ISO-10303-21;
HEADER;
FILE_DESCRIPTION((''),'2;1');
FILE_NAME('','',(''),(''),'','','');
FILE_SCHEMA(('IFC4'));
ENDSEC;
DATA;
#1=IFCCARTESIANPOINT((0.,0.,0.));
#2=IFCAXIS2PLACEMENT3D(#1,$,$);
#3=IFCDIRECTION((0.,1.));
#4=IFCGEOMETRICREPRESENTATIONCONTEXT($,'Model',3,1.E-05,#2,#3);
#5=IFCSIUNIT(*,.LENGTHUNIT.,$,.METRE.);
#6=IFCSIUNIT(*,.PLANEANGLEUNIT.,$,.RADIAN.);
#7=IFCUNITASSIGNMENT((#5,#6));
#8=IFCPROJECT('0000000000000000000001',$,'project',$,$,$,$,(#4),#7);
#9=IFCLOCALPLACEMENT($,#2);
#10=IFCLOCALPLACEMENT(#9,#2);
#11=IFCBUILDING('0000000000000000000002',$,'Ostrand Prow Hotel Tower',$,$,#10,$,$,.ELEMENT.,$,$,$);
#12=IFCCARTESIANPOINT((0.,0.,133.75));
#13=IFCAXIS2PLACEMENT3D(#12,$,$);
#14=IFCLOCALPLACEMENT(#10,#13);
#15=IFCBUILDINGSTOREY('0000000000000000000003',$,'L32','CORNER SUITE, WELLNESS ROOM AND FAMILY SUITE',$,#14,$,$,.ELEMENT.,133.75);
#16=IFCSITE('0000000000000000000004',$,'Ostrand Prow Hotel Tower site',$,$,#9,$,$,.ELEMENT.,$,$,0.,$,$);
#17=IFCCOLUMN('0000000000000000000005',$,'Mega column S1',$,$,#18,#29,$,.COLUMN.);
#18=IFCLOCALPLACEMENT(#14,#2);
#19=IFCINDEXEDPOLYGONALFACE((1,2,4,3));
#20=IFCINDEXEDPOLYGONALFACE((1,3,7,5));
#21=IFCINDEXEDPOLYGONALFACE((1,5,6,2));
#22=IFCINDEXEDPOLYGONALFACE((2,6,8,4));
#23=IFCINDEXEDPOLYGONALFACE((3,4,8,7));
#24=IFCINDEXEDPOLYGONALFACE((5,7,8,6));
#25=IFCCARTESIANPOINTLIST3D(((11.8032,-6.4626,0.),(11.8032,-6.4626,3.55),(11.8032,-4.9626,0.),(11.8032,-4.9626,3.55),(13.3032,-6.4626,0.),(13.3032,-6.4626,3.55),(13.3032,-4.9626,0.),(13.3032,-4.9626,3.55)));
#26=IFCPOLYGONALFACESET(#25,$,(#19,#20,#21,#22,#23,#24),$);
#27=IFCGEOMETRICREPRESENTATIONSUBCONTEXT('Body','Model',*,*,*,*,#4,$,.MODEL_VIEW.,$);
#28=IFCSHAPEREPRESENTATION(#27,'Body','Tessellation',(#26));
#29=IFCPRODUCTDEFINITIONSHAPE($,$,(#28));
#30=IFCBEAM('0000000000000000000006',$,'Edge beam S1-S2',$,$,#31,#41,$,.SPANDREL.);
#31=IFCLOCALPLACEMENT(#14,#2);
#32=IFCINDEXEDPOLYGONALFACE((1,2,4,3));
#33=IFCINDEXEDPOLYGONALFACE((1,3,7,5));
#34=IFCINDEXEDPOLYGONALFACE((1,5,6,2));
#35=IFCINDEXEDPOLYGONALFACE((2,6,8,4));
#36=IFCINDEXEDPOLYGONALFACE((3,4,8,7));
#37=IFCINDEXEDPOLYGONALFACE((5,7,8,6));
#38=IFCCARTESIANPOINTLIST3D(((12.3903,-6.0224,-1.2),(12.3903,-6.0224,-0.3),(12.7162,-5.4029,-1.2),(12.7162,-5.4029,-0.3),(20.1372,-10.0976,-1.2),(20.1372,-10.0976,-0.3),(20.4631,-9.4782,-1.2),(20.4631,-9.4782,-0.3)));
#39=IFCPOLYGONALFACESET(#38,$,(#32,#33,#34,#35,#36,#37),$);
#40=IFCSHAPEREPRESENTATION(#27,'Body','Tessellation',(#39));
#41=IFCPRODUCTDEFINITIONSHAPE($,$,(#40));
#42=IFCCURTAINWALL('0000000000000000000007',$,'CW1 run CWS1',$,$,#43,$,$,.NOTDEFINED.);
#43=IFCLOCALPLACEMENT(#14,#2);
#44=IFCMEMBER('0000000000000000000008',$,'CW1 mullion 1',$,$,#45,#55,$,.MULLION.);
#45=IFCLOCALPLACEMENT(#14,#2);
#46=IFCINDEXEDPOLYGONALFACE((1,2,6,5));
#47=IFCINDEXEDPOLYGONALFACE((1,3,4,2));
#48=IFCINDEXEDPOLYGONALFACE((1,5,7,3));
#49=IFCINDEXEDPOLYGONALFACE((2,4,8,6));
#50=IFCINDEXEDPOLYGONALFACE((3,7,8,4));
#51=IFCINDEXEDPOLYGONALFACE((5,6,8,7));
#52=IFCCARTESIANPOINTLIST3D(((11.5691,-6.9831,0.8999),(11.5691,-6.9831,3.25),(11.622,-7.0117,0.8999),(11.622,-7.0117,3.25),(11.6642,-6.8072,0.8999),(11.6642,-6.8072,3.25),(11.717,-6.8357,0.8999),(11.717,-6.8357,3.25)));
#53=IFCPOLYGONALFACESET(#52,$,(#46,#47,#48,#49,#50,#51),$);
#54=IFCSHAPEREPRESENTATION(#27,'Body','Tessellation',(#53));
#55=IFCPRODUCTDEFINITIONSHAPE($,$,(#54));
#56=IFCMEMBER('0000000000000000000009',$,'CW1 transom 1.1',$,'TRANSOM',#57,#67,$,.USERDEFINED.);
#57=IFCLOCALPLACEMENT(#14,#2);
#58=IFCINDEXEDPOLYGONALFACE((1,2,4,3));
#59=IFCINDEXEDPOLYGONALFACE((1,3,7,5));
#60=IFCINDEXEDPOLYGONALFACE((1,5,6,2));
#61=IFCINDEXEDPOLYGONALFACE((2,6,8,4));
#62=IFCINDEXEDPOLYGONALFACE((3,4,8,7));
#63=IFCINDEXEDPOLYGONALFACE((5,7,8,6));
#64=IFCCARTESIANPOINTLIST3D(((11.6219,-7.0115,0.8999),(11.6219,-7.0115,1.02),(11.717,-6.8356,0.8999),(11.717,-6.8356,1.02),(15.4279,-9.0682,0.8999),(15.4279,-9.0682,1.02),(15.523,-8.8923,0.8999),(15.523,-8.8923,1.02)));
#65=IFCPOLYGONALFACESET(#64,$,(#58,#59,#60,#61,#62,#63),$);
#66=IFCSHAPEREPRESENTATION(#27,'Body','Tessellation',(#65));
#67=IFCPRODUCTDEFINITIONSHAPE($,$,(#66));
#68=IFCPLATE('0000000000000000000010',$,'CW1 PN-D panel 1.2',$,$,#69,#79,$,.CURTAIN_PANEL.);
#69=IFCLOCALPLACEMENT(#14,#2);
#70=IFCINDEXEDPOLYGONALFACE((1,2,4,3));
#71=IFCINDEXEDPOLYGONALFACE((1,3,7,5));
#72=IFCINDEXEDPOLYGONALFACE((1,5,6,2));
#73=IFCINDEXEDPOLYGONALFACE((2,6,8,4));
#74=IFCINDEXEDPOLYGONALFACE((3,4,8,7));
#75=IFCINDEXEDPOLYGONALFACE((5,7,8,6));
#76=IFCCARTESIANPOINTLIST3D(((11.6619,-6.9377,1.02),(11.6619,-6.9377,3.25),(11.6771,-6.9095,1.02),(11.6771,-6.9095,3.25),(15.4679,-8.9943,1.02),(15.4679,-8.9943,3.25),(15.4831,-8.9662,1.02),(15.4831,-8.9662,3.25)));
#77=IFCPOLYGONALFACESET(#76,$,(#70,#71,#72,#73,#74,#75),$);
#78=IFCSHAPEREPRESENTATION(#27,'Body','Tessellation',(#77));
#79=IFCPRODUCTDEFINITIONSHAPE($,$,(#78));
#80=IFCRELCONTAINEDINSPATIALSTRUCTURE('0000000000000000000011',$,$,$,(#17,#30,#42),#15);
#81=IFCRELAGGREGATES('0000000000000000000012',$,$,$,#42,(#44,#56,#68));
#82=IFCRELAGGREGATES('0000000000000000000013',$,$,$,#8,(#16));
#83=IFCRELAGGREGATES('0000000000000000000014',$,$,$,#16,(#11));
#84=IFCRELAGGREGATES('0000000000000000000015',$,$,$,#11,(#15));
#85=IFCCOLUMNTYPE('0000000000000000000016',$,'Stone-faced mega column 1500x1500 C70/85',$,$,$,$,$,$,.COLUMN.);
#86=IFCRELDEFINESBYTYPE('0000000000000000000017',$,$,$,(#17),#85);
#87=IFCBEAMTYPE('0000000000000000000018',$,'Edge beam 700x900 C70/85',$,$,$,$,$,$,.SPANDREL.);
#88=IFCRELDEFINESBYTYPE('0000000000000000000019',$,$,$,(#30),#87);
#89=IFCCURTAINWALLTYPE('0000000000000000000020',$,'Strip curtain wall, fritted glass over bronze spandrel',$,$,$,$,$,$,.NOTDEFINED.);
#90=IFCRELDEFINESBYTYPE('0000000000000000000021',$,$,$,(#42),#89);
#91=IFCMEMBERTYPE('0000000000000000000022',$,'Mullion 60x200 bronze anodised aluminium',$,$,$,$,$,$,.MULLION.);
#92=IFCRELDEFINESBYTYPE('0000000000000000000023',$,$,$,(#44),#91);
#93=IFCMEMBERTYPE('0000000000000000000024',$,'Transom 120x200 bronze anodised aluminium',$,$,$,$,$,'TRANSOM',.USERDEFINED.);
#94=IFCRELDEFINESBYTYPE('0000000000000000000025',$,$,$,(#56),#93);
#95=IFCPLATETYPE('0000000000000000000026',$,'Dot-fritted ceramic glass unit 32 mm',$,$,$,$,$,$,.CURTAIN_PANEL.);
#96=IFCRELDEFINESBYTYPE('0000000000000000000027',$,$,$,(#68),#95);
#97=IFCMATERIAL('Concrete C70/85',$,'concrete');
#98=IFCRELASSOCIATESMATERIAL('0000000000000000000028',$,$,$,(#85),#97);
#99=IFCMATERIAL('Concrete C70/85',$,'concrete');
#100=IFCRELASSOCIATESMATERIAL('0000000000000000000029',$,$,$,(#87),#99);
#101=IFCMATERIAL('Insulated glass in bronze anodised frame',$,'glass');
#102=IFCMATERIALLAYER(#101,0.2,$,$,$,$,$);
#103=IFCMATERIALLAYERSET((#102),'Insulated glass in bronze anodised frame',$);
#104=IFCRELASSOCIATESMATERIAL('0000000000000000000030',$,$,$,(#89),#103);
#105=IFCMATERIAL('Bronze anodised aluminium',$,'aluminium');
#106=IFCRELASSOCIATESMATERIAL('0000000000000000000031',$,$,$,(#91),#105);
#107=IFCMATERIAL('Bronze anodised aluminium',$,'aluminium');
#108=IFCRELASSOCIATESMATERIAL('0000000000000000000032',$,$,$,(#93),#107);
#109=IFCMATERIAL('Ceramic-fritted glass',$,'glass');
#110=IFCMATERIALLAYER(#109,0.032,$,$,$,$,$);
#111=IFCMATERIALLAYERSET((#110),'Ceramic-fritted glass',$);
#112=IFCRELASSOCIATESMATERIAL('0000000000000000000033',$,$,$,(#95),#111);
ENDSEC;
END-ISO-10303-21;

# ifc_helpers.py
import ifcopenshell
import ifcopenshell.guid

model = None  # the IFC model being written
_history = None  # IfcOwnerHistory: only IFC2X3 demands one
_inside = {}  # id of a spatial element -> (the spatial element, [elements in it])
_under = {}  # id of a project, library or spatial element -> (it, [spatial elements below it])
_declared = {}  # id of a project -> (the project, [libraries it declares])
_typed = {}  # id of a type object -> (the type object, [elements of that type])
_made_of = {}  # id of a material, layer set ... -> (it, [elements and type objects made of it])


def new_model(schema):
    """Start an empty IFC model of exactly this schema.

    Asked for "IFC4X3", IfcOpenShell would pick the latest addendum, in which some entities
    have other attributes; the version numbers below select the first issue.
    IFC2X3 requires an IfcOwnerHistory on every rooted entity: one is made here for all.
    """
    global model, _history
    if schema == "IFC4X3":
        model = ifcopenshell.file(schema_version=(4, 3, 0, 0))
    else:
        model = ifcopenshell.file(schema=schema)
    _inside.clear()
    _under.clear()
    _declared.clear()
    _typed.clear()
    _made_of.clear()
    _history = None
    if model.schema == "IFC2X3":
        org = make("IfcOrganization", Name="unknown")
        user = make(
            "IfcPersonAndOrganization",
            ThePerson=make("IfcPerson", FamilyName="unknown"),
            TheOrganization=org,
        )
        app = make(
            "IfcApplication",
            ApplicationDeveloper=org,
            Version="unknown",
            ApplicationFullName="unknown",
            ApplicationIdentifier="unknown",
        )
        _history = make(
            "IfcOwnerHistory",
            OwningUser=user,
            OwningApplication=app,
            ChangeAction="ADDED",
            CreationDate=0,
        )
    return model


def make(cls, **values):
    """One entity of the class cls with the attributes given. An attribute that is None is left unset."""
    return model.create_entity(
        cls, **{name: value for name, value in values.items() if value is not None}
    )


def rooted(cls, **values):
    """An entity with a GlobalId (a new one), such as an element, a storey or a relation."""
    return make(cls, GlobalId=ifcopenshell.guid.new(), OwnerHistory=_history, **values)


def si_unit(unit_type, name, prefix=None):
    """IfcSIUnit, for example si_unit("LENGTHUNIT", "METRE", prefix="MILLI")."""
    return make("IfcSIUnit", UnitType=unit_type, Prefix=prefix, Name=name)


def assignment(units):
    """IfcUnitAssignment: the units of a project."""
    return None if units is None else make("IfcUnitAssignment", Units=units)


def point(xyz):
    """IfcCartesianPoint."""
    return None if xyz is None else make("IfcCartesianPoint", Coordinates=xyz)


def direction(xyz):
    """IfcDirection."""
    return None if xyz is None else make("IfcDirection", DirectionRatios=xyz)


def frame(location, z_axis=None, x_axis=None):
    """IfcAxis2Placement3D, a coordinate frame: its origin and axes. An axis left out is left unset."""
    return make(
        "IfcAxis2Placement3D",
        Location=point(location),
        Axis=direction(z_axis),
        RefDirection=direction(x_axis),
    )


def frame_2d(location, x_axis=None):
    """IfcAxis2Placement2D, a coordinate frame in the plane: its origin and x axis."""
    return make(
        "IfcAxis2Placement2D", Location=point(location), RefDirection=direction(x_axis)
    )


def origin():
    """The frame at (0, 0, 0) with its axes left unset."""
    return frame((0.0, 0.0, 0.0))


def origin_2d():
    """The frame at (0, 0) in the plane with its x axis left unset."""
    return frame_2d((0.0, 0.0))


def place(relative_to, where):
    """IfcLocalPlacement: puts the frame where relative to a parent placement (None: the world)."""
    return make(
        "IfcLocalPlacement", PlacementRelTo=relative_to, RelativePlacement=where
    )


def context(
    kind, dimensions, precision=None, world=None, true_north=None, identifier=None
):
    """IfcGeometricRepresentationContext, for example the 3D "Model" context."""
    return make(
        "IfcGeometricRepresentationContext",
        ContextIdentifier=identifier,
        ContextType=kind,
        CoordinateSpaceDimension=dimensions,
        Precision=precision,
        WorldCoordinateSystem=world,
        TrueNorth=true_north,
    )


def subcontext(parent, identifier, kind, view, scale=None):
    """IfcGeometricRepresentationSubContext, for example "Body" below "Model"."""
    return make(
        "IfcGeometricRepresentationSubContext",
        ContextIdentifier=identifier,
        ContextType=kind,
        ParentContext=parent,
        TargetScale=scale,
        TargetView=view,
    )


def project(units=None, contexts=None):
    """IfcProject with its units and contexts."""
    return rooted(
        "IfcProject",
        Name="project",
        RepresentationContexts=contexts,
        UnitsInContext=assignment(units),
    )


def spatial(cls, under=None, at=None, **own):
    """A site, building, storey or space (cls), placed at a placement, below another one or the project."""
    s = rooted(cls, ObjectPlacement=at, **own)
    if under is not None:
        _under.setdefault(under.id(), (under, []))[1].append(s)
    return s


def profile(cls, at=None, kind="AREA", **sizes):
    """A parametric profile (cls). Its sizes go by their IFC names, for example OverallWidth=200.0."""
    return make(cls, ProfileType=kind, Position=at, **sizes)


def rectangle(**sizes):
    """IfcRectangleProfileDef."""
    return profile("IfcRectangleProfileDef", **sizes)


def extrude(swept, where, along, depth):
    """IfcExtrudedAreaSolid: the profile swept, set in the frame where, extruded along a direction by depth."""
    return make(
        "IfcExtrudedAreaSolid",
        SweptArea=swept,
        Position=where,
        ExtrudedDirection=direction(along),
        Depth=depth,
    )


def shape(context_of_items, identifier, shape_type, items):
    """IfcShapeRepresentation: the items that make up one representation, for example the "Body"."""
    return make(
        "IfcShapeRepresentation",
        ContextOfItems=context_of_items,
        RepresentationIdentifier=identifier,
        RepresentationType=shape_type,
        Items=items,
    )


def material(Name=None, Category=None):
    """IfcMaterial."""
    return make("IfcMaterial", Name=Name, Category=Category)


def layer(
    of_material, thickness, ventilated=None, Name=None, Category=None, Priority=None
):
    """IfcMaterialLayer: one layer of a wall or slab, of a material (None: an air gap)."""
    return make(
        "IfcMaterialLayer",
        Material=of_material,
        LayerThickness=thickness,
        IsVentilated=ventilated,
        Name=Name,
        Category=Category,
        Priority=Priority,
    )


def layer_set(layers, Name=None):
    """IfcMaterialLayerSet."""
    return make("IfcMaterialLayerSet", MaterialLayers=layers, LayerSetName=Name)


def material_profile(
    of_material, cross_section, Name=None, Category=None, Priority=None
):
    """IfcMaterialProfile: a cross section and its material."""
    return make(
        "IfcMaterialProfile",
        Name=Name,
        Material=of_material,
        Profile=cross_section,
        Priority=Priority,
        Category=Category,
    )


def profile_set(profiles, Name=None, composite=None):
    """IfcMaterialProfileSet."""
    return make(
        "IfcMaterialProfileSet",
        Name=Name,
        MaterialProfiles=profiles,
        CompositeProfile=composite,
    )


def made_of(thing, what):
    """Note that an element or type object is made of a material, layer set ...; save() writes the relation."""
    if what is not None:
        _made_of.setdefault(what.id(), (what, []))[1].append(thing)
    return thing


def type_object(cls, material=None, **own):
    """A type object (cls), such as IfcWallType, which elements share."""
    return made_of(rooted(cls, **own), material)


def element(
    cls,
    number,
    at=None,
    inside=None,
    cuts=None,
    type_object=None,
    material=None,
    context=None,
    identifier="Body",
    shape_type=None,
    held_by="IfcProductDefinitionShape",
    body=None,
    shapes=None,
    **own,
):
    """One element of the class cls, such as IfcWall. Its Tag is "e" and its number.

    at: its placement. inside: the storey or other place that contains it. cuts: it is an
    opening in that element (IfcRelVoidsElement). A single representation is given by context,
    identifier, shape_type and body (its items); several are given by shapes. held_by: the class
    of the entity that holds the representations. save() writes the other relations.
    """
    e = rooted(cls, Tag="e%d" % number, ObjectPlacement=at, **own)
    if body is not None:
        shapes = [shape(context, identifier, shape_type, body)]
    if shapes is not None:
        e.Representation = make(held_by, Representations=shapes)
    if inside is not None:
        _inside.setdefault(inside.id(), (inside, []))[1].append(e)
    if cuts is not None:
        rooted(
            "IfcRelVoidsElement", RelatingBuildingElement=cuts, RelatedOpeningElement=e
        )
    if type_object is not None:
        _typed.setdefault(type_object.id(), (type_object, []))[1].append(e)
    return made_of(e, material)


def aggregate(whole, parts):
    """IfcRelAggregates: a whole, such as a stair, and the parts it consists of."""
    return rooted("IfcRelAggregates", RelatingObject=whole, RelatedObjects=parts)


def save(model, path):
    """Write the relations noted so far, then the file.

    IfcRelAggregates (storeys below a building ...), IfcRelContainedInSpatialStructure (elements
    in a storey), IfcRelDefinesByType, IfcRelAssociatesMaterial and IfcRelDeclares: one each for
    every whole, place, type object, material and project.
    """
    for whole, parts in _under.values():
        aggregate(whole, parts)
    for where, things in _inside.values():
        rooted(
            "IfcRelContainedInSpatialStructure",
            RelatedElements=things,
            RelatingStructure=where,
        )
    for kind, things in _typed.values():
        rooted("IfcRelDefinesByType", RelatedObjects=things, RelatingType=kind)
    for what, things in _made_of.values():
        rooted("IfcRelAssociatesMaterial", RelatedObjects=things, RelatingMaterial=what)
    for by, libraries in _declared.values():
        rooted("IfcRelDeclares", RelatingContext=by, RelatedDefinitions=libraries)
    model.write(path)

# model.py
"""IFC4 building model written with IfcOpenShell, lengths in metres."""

from ifc_helpers import new_model, si_unit, direction, frame, origin, origin_2d, place, context, subcontext, project, spatial, rectangle, extrude, material, layer, layer_set, material_profile, profile_set, type_object, element, aggregate, save


model = new_model("IFC4")

# Units and contexts
model_context = context("Model", 3, precision=1e-05, world=origin(), true_north=direction((0.0, 1.0)))
body_context = subcontext(model_context, "Body", "Model", "MODEL_VIEW")
ifc_project = project(units=[si_unit("LENGTHUNIT", "METRE"), si_unit("PLANEANGLEUNIT", "RADIAN")], contexts=[model_context])

# Site, building, storey
site_placement = place(None, origin())
site = spatial("IfcSite", under=ifc_project, at=site_placement, Name="Ostrand Prow Hotel Tower site", CompositionType="ELEMENT", RefElevation=0.0)
building_placement = place(site_placement, origin())
building = spatial("IfcBuilding", under=site, at=building_placement, Name="Ostrand Prow Hotel Tower", CompositionType="ELEMENT")
storey_placement = place(building_placement, frame((0.0, 0.0, 133.75)))
storey = spatial("IfcBuildingStorey", under=building, at=storey_placement, Name="L32", Description="CORNER SUITE, WELLNESS ROOM AND FAMILY SUITE", CompositionType="ELEMENT", Elevation=133.75)

# Column
ifc_material_1 = material(Name="Concrete C70/85", Category="concrete")
ifc_material_profile_1 = material_profile(ifc_material_1, rectangle(XDim=1.5, YDim=1.5, at=origin_2d()), Name="RC 1500x1500")
ifc_profile_set_1 = profile_set([ifc_material_profile_1], Name="Concrete C70/85")
column_type = type_object("IfcColumnType", Name="Stone-faced mega column 1500x1500 C70/85", PredefinedType="COLUMN", material=ifc_profile_set_1)
column_placement = place(storey_placement, frame((12.5532, -5.7126, 0.0), z_axis=(0.0, 0.0, 1.0), x_axis=(1.0, 0.0, 0.0)))
element("IfcColumn", 1, at=column_placement, inside=storey, type_object=column_type, Name="Mega column S1", PredefinedType="COLUMN", context=body_context, shape_type="SweptSolid", body=[
    extrude(rectangle(XDim=1.5, YDim=1.5, at=origin_2d()), origin(), (0.0, 0.0, 1.0), 3.55),
])

# Beam
ifc_material_2 = material(Name="Concrete C70/85", Category="concrete")
ifc_material_profile_2 = material_profile(ifc_material_2, rectangle(XDim=0.7, YDim=0.8999, at=origin_2d()), Name="RC 700x900")
ifc_profile_set_2 = profile_set([ifc_material_profile_2], Name="Concrete C70/85")
beam_type = type_object("IfcBeamType", Name="Edge beam 700x900 C70/85", PredefinedType="SPANDREL", material=ifc_profile_set_2)
beam_placement = place(storey_placement, frame((12.5532, -5.7126, -0.75), z_axis=(0.885016, -0.46556, 0.0), x_axis=(0.46556, 0.885016, 0.0)))
element("IfcBeam", 2, at=beam_placement, inside=storey, type_object=beam_type, Name="Edge beam S1-S2", PredefinedType="SPANDREL", context=body_context, shape_type="SweptSolid", body=[
    extrude(rectangle(XDim=0.7, YDim=0.8999, at=origin_2d()), origin(), (0.0, 0.0, 1.0), 8.7534),
])

# Curtain wall, members, plate
ifc_material_3 = material(Name="Insulated glass in bronze anodised frame", Category="glass")
ifc_layer_1 = layer(ifc_material_3, 0.2)
ifc_layer_set_1 = layer_set([ifc_layer_1], Name="Insulated glass in bronze anodised frame")
curtain_wall_type = type_object("IfcCurtainWallType", Name="Strip curtain wall, fritted glass over bronze spandrel", PredefinedType="NOTDEFINED", material=ifc_layer_set_1)
curtain_wall_placement = place(storey_placement, origin())
curtain_wall = element("IfcCurtainWall", 3, at=curtain_wall_placement, inside=storey, type_object=curtain_wall_type, Name="CW1 run CWS1", PredefinedType="NOTDEFINED")
ifc_material_4 = material(Name="Bronze anodised aluminium", Category="aluminium")
ifc_material_profile_3 = material_profile(ifc_material_4, rectangle(XDim=0.2, YDim=0.0601, at=origin_2d()), Name="Mullion 60x200 bronze anodised aluminium")
ifc_profile_set_3 = profile_set([ifc_material_profile_3], Name="Bronze anodised aluminium")
member_type_1 = type_object("IfcMemberType", Name="Mullion 60x200 bronze anodised aluminium", PredefinedType="MULLION", material=ifc_profile_set_3)
member_1_placement = place(storey_placement, frame((11.6431, -6.9094, 0.8999), z_axis=(0.0, 0.0, 1.0), x_axis=(0.475394, 0.879773, 0.0)))
member_1 = element("IfcMember", 4, at=member_1_placement, type_object=member_type_1, Name="CW1 mullion 1", PredefinedType="MULLION", context=body_context, shape_type="SweptSolid", body=[
    extrude(rectangle(XDim=0.2, YDim=0.0601, at=origin_2d()), origin(), (0.0, 0.0, 1.0), 2.3501),
])
ifc_material_5 = material(Name="Bronze anodised aluminium", Category="aluminium")
ifc_material_profile_4 = material_profile(ifc_material_5, rectangle(XDim=0.2, YDim=0.1201, at=origin_2d()), Name="Transom 120x200 bronze anodised aluminium")
ifc_profile_set_4 = profile_set([ifc_material_profile_4], Name="Bronze anodised aluminium")
member_type_2 = type_object("IfcMemberType", Name="Transom 120x200 bronze anodised aluminium", ElementType="TRANSOM", PredefinedType="USERDEFINED", material=ifc_profile_set_4)
member_2_placement = place(storey_placement, frame((11.6694, -6.9236, 0.96), z_axis=(0.879765, -0.475408, 0.0), x_axis=(0.475408, 0.879765, 0.0)))
member_2 = element("IfcMember", 5, at=member_2_placement, type_object=member_type_2, Name="CW1 transom 1.1", ObjectType="TRANSOM", PredefinedType="USERDEFINED", context=body_context, shape_type="SweptSolid", body=[
    extrude(rectangle(XDim=0.2, YDim=0.1201, at=origin_2d()), origin(), (0.0, 0.0, 1.0), 4.3262),
])
ifc_material_6 = material(Name="Ceramic-fritted glass", Category="glass")
ifc_layer_2 = layer(ifc_material_6, 0.032)
ifc_layer_set_2 = layer_set([ifc_layer_2], Name="Ceramic-fritted glass")
plate_type = type_object("IfcPlateType", Name="Dot-fritted ceramic glass unit 32 mm", PredefinedType="CURTAIN_PANEL", material=ifc_layer_set_2)
plate_placement = place(storey_placement, frame((13.5725, -7.9519, 1.02), z_axis=(0.0, 0.0, 1.0), x_axis=(0.879773, -0.475394, 0.0)))
plate = element("IfcPlate", 6, at=plate_placement, type_object=plate_type, Name="CW1 PN-D panel 1.2", PredefinedType="CURTAIN_PANEL", context=body_context, shape_type="SweptSolid", body=[
    extrude(rectangle(XDim=4.3262, YDim=0.032, at=origin_2d()), origin(), (0.0, 0.0, 1.0), 2.23),
])
aggregate(curtain_wall, [member_1, member_2, plate])

save(model, "model.ifc")
